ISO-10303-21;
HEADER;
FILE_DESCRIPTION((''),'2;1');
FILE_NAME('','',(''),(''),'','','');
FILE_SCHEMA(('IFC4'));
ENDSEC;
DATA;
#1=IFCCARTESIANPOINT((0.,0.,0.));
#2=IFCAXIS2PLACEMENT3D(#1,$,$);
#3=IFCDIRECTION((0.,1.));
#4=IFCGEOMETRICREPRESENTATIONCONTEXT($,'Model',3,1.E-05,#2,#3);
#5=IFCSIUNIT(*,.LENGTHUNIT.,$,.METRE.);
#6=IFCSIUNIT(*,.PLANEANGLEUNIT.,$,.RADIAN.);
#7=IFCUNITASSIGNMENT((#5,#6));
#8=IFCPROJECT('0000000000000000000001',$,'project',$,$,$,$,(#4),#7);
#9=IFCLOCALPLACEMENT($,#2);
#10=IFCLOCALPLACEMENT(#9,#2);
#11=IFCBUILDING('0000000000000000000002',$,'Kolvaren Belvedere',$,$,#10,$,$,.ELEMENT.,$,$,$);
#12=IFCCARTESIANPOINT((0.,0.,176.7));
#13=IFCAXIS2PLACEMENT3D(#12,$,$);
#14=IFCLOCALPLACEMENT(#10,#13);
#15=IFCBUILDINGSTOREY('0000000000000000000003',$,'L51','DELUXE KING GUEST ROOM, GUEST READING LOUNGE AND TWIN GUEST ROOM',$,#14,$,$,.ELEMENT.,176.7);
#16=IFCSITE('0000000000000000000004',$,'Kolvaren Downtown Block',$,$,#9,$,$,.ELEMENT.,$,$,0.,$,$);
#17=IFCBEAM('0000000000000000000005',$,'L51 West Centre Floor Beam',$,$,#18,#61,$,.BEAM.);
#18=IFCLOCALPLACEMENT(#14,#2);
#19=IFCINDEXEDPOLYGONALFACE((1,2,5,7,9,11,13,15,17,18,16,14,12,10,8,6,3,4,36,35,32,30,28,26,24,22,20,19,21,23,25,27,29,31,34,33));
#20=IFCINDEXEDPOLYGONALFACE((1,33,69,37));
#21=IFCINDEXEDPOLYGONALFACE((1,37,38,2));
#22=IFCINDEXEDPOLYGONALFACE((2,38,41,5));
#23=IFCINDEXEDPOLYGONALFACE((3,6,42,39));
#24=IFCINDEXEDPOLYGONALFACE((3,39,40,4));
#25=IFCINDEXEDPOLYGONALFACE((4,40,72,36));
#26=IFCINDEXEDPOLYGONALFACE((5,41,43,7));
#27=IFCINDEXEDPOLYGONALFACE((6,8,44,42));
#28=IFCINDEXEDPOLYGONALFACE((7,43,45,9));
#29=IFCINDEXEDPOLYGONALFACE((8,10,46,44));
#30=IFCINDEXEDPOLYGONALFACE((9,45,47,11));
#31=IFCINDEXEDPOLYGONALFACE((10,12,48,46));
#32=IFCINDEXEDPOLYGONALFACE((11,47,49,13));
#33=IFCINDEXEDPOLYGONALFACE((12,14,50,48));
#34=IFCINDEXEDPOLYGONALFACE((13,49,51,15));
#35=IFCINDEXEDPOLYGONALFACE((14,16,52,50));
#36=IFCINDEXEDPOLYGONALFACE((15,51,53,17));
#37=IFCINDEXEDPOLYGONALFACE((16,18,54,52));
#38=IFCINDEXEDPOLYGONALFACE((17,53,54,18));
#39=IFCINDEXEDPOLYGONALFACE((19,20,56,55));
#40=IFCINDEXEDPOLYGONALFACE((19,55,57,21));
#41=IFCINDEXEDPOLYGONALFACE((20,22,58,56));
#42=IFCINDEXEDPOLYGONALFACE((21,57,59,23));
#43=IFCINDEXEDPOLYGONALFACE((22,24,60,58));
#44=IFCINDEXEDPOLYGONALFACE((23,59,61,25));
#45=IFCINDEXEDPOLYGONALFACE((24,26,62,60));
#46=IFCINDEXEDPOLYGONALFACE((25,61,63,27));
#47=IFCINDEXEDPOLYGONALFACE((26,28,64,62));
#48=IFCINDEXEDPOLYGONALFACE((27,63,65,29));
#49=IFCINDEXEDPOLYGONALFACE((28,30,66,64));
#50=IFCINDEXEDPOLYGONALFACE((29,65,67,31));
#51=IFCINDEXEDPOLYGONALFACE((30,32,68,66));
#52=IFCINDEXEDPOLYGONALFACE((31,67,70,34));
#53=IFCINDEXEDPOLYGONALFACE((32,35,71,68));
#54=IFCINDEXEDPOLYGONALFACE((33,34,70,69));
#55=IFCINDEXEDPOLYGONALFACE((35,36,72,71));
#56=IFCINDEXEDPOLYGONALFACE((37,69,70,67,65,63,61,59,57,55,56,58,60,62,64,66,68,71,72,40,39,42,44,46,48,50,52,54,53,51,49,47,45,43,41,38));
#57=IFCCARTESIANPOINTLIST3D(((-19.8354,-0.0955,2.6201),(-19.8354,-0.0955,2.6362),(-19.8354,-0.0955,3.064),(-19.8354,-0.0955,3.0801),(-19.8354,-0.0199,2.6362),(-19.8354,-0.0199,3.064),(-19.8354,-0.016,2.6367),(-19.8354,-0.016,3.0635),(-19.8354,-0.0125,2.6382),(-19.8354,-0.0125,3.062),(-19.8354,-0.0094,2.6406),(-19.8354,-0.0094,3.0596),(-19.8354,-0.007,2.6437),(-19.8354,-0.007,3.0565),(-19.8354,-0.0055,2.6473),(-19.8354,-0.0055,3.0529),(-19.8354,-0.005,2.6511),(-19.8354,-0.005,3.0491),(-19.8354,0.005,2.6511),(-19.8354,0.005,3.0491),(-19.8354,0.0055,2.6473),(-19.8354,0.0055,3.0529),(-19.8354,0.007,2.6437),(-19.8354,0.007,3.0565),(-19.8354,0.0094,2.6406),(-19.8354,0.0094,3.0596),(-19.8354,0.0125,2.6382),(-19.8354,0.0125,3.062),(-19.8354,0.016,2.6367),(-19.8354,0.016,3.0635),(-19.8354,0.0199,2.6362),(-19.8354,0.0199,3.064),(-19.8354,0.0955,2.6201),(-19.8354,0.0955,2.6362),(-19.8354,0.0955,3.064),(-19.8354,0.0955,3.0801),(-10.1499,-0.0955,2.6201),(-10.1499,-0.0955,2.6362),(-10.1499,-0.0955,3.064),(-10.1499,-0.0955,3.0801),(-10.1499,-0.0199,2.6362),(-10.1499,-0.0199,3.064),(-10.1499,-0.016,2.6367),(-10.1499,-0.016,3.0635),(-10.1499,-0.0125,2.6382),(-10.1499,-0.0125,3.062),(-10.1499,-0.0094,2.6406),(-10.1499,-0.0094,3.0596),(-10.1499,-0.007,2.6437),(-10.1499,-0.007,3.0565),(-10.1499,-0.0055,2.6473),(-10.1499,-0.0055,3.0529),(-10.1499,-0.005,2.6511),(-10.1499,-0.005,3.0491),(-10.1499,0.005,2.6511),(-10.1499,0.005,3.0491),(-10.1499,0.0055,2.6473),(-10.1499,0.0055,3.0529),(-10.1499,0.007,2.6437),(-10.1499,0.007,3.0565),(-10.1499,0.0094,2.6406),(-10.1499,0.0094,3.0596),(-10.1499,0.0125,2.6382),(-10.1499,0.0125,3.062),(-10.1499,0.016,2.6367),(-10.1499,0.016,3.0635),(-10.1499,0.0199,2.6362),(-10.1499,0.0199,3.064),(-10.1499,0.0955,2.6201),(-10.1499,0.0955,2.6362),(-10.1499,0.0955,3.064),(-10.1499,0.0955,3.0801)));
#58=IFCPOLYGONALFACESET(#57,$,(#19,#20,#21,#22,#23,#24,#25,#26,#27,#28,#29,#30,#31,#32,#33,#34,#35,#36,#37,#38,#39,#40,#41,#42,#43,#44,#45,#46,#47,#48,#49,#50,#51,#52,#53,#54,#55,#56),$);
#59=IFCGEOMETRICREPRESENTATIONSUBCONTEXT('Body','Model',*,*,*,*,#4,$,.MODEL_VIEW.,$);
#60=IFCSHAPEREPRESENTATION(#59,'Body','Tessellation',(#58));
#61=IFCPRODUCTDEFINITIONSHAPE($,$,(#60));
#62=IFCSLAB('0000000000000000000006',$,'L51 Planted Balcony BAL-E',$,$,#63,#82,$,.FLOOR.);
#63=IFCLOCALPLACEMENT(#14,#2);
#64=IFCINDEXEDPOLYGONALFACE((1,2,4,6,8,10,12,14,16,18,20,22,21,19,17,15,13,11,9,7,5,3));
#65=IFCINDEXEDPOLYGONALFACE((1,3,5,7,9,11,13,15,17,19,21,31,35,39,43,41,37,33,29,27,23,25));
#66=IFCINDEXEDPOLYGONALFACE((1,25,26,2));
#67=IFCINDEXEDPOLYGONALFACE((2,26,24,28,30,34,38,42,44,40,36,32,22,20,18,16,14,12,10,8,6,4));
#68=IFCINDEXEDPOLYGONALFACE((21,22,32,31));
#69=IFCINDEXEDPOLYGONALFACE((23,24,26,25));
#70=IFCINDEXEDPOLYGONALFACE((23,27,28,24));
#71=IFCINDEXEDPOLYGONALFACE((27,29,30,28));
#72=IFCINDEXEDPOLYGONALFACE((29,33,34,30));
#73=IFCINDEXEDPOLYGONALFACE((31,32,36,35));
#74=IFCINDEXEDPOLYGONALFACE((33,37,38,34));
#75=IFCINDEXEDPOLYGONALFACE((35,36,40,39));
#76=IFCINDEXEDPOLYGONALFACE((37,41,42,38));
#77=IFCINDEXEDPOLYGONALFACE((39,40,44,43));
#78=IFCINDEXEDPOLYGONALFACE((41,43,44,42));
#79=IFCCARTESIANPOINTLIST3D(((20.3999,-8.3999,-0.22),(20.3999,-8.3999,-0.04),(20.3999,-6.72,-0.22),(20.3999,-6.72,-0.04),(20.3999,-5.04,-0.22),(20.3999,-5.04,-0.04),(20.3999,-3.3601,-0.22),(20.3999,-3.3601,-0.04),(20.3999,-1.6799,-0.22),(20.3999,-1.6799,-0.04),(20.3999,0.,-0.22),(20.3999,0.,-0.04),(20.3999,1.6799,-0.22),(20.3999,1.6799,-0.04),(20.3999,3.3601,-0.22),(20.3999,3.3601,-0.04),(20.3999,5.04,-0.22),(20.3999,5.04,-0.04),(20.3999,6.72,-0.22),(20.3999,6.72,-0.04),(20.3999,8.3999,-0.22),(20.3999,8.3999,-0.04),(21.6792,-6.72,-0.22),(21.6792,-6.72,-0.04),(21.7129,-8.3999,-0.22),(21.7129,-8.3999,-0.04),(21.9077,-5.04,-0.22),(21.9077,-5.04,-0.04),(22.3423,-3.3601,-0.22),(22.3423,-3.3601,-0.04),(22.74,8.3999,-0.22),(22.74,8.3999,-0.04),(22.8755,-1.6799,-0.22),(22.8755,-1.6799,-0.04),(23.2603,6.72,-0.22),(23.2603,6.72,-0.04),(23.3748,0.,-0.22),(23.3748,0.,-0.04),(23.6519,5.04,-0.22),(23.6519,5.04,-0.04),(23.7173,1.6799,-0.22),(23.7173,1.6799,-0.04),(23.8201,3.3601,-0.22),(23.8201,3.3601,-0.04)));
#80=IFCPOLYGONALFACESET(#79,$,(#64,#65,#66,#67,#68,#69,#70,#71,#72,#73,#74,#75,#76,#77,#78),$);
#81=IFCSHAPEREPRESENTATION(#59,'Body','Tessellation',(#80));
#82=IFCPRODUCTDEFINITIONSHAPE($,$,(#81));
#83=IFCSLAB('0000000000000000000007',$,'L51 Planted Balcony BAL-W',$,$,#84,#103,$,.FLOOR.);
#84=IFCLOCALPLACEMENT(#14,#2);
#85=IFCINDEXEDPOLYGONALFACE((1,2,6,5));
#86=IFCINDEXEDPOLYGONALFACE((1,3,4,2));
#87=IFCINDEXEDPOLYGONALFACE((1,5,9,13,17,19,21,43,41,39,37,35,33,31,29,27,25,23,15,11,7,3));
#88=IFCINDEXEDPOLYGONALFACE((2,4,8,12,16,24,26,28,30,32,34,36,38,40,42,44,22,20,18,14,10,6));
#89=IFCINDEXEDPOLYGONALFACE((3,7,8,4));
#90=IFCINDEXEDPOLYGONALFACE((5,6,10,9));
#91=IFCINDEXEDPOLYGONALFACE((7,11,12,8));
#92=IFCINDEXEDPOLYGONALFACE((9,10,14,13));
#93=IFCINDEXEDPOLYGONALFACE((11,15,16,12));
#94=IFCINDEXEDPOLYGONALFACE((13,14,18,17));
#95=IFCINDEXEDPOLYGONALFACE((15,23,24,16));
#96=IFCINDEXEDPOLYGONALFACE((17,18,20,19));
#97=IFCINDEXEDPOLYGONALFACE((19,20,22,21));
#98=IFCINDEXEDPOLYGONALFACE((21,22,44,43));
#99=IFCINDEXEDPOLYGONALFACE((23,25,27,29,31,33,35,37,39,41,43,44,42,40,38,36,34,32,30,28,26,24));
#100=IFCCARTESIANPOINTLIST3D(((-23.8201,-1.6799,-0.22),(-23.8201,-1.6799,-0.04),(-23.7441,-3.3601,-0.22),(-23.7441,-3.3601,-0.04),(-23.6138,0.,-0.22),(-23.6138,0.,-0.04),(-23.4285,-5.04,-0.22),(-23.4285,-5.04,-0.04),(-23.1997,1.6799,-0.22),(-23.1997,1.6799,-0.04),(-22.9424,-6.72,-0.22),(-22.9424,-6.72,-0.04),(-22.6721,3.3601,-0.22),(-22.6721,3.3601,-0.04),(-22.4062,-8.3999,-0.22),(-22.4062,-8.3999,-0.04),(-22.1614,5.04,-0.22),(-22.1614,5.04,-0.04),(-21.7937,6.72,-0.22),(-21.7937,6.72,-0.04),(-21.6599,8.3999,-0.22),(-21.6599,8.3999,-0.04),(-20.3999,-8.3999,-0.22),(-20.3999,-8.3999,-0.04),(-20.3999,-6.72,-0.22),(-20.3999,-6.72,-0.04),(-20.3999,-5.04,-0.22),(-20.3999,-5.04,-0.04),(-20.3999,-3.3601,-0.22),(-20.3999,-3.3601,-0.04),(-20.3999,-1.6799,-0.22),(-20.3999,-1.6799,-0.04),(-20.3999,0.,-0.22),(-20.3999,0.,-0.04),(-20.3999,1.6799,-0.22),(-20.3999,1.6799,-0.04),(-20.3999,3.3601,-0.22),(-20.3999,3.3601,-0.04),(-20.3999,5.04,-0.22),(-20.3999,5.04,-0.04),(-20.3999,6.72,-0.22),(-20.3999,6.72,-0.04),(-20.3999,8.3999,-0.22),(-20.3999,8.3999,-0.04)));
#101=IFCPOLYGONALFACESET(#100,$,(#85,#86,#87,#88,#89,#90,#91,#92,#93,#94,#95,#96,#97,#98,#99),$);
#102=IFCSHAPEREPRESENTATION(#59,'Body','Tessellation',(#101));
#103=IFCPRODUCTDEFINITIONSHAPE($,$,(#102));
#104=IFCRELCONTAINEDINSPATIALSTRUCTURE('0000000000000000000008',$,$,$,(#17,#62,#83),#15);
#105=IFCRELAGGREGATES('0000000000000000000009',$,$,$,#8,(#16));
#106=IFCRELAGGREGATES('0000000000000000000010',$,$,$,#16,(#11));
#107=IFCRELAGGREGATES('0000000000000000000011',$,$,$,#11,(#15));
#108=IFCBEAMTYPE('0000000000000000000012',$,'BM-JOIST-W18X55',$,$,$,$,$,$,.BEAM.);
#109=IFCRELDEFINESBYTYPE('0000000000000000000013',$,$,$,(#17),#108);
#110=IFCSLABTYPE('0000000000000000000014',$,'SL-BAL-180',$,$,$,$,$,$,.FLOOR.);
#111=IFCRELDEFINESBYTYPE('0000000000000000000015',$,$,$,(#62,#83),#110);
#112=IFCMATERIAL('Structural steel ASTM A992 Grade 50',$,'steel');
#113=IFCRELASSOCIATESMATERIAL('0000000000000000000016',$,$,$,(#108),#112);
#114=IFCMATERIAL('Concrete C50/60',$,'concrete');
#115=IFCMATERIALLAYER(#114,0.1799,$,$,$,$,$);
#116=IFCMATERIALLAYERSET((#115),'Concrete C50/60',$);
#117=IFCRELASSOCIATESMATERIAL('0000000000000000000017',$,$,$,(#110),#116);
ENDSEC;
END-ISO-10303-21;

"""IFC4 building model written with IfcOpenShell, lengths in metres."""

from ifc_helpers import new_model, si_unit, direction, frame, origin, origin_2d, place, context, subcontext, project, spatial, polyline, i_section, outline, extrude, material, layer, layer_set, material_profile, profile_set, type_object, element, save


model = new_model("IFC4")

# Units and contexts
model_context = context("Model", 3, precision=1e-05, world=origin(), true_north=direction((0.0, 1.0)))
body_context = subcontext(model_context, "Body", "Model", "MODEL_VIEW")
ifc_project = project(units=[si_unit("LENGTHUNIT", "METRE"), si_unit("PLANEANGLEUNIT", "RADIAN")], contexts=[model_context])

# Site, building, storey
site_placement = place(None, origin())
site = spatial("IfcSite", under=ifc_project, at=site_placement, Name="Kolvaren Downtown Block", CompositionType="ELEMENT", RefElevation=0.0)
building_placement = place(site_placement, origin())
building = spatial("IfcBuilding", under=site, at=building_placement, Name="Kolvaren Belvedere", CompositionType="ELEMENT")
storey_placement = place(building_placement, frame((0.0, 0.0, 176.7)))
storey = spatial("IfcBuildingStorey", under=building, at=storey_placement, Name="L51", Description="DELUXE KING GUEST ROOM, GUEST READING LOUNGE AND TWIN GUEST ROOM", CompositionType="ELEMENT", Elevation=176.7)

# Beam
ifc_material_1 = material(Name="Structural steel ASTM A992 Grade 50", Category="steel")
ifc_material_profile_1 = material_profile(ifc_material_1, i_section(OverallWidth=0.1909, OverallDepth=0.46, WebThickness=0.01, FlangeThickness=0.0161, FilletRadius=0.0149, at=origin_2d()), Name="W18X55")
ifc_profile_set_1 = profile_set([ifc_material_profile_1], Name="Structural steel ASTM A992 Grade 50")
beam_type_1 = type_object("IfcBeamType", Name="BM-JOIST-W18X55", PredefinedType="BEAM", material=ifc_profile_set_1)
beam_1_placement = place(storey_placement, frame((-10.1499, 0.0, 2.8501), z_axis=(-1.0, 0.0, 0.0), x_axis=(0.0, -1.0, 0.0)))
element("IfcBeam", 1, at=beam_1_placement, inside=storey, type_object=beam_type_1, Name="L51 West Centre Floor Beam", PredefinedType="BEAM", context=body_context, shape_type="SweptSolid", body=[
    extrude(i_section(OverallWidth=0.1909, OverallDepth=0.46, WebThickness=0.01, FlangeThickness=0.0161, FilletRadius=0.0149, at=origin_2d()), origin(), (0.0, 0.0, 1.0), 9.6855),
])

# Slabs
ifc_material_2 = material(Name="Concrete C50/60", Category="concrete")
ifc_layer_1 = layer(ifc_material_2, 0.1799)
ifc_layer_set_1 = layer_set([ifc_layer_1], Name="Concrete C50/60")
slab_type_1 = type_object("IfcSlabType", Name="SL-BAL-180", PredefinedType="FLOOR", material=ifc_layer_set_1)
slab_1_placement = place(storey_placement, frame((0.0, 0.0, -0.22)))
element("IfcSlab", 2, at=slab_1_placement, inside=storey, type_object=slab_type_1, Name="L51 Planted Balcony BAL-E", PredefinedType="FLOOR", context=body_context, shape_type="SweptSolid", body=[
    extrude(outline(polyline([(21.7129, -8.3999), (21.6792, -6.72), (21.9077, -5.04), (22.3423, -3.3601), (22.8755, -1.6799), (23.3748, 0.0), (23.7173, 1.6799), (23.8201, 3.3601), (23.6519, 5.04), (23.2603, 6.72), (22.74, 8.3999), (20.3999, 8.3999), (20.3999, 6.72), (20.3999, 5.04), (20.3999, 3.3601), (20.3999, 1.6799), (20.3999, 0.0), (20.3999, -1.6799), (20.3999, -3.3601), (20.3999, -5.04), (20.3999, -6.72), (20.3999, -8.3999), (21.7129, -8.3999)])), origin(), (0.0, 0.0, 1.0), 0.1799),
])
slab_2_placement = place(storey_placement, frame((0.0, 0.0, -0.22)))
element("IfcSlab", 3, at=slab_2_placement, inside=storey, type_object=slab_type_1, Name="L51 Planted Balcony BAL-W", PredefinedType="FLOOR", context=body_context, shape_type="SweptSolid", body=[
    extrude(outline(polyline([(-21.6599, 8.3999), (-21.7937, 6.72), (-22.1614, 5.04), (-22.6721, 3.3601), (-23.1997, 1.6799), (-23.6138, 0.0), (-23.8201, -1.6799), (-23.7441, -3.3601), (-23.4285, -5.04), (-22.9424, -6.72), (-22.4062, -8.3999), (-20.3999, -8.3999), (-20.3999, -6.72), (-20.3999, -5.04), (-20.3999, -3.3601), (-20.3999, -1.6799), (-20.3999, 0.0), (-20.3999, 1.6799), (-20.3999, 3.3601), (-20.3999, 5.04), (-20.3999, 6.72), (-20.3999, 8.3999), (-21.6599, 8.3999)])), origin(), (0.0, 0.0, 1.0), 0.1799),
])

save(model, "model.ifc")
